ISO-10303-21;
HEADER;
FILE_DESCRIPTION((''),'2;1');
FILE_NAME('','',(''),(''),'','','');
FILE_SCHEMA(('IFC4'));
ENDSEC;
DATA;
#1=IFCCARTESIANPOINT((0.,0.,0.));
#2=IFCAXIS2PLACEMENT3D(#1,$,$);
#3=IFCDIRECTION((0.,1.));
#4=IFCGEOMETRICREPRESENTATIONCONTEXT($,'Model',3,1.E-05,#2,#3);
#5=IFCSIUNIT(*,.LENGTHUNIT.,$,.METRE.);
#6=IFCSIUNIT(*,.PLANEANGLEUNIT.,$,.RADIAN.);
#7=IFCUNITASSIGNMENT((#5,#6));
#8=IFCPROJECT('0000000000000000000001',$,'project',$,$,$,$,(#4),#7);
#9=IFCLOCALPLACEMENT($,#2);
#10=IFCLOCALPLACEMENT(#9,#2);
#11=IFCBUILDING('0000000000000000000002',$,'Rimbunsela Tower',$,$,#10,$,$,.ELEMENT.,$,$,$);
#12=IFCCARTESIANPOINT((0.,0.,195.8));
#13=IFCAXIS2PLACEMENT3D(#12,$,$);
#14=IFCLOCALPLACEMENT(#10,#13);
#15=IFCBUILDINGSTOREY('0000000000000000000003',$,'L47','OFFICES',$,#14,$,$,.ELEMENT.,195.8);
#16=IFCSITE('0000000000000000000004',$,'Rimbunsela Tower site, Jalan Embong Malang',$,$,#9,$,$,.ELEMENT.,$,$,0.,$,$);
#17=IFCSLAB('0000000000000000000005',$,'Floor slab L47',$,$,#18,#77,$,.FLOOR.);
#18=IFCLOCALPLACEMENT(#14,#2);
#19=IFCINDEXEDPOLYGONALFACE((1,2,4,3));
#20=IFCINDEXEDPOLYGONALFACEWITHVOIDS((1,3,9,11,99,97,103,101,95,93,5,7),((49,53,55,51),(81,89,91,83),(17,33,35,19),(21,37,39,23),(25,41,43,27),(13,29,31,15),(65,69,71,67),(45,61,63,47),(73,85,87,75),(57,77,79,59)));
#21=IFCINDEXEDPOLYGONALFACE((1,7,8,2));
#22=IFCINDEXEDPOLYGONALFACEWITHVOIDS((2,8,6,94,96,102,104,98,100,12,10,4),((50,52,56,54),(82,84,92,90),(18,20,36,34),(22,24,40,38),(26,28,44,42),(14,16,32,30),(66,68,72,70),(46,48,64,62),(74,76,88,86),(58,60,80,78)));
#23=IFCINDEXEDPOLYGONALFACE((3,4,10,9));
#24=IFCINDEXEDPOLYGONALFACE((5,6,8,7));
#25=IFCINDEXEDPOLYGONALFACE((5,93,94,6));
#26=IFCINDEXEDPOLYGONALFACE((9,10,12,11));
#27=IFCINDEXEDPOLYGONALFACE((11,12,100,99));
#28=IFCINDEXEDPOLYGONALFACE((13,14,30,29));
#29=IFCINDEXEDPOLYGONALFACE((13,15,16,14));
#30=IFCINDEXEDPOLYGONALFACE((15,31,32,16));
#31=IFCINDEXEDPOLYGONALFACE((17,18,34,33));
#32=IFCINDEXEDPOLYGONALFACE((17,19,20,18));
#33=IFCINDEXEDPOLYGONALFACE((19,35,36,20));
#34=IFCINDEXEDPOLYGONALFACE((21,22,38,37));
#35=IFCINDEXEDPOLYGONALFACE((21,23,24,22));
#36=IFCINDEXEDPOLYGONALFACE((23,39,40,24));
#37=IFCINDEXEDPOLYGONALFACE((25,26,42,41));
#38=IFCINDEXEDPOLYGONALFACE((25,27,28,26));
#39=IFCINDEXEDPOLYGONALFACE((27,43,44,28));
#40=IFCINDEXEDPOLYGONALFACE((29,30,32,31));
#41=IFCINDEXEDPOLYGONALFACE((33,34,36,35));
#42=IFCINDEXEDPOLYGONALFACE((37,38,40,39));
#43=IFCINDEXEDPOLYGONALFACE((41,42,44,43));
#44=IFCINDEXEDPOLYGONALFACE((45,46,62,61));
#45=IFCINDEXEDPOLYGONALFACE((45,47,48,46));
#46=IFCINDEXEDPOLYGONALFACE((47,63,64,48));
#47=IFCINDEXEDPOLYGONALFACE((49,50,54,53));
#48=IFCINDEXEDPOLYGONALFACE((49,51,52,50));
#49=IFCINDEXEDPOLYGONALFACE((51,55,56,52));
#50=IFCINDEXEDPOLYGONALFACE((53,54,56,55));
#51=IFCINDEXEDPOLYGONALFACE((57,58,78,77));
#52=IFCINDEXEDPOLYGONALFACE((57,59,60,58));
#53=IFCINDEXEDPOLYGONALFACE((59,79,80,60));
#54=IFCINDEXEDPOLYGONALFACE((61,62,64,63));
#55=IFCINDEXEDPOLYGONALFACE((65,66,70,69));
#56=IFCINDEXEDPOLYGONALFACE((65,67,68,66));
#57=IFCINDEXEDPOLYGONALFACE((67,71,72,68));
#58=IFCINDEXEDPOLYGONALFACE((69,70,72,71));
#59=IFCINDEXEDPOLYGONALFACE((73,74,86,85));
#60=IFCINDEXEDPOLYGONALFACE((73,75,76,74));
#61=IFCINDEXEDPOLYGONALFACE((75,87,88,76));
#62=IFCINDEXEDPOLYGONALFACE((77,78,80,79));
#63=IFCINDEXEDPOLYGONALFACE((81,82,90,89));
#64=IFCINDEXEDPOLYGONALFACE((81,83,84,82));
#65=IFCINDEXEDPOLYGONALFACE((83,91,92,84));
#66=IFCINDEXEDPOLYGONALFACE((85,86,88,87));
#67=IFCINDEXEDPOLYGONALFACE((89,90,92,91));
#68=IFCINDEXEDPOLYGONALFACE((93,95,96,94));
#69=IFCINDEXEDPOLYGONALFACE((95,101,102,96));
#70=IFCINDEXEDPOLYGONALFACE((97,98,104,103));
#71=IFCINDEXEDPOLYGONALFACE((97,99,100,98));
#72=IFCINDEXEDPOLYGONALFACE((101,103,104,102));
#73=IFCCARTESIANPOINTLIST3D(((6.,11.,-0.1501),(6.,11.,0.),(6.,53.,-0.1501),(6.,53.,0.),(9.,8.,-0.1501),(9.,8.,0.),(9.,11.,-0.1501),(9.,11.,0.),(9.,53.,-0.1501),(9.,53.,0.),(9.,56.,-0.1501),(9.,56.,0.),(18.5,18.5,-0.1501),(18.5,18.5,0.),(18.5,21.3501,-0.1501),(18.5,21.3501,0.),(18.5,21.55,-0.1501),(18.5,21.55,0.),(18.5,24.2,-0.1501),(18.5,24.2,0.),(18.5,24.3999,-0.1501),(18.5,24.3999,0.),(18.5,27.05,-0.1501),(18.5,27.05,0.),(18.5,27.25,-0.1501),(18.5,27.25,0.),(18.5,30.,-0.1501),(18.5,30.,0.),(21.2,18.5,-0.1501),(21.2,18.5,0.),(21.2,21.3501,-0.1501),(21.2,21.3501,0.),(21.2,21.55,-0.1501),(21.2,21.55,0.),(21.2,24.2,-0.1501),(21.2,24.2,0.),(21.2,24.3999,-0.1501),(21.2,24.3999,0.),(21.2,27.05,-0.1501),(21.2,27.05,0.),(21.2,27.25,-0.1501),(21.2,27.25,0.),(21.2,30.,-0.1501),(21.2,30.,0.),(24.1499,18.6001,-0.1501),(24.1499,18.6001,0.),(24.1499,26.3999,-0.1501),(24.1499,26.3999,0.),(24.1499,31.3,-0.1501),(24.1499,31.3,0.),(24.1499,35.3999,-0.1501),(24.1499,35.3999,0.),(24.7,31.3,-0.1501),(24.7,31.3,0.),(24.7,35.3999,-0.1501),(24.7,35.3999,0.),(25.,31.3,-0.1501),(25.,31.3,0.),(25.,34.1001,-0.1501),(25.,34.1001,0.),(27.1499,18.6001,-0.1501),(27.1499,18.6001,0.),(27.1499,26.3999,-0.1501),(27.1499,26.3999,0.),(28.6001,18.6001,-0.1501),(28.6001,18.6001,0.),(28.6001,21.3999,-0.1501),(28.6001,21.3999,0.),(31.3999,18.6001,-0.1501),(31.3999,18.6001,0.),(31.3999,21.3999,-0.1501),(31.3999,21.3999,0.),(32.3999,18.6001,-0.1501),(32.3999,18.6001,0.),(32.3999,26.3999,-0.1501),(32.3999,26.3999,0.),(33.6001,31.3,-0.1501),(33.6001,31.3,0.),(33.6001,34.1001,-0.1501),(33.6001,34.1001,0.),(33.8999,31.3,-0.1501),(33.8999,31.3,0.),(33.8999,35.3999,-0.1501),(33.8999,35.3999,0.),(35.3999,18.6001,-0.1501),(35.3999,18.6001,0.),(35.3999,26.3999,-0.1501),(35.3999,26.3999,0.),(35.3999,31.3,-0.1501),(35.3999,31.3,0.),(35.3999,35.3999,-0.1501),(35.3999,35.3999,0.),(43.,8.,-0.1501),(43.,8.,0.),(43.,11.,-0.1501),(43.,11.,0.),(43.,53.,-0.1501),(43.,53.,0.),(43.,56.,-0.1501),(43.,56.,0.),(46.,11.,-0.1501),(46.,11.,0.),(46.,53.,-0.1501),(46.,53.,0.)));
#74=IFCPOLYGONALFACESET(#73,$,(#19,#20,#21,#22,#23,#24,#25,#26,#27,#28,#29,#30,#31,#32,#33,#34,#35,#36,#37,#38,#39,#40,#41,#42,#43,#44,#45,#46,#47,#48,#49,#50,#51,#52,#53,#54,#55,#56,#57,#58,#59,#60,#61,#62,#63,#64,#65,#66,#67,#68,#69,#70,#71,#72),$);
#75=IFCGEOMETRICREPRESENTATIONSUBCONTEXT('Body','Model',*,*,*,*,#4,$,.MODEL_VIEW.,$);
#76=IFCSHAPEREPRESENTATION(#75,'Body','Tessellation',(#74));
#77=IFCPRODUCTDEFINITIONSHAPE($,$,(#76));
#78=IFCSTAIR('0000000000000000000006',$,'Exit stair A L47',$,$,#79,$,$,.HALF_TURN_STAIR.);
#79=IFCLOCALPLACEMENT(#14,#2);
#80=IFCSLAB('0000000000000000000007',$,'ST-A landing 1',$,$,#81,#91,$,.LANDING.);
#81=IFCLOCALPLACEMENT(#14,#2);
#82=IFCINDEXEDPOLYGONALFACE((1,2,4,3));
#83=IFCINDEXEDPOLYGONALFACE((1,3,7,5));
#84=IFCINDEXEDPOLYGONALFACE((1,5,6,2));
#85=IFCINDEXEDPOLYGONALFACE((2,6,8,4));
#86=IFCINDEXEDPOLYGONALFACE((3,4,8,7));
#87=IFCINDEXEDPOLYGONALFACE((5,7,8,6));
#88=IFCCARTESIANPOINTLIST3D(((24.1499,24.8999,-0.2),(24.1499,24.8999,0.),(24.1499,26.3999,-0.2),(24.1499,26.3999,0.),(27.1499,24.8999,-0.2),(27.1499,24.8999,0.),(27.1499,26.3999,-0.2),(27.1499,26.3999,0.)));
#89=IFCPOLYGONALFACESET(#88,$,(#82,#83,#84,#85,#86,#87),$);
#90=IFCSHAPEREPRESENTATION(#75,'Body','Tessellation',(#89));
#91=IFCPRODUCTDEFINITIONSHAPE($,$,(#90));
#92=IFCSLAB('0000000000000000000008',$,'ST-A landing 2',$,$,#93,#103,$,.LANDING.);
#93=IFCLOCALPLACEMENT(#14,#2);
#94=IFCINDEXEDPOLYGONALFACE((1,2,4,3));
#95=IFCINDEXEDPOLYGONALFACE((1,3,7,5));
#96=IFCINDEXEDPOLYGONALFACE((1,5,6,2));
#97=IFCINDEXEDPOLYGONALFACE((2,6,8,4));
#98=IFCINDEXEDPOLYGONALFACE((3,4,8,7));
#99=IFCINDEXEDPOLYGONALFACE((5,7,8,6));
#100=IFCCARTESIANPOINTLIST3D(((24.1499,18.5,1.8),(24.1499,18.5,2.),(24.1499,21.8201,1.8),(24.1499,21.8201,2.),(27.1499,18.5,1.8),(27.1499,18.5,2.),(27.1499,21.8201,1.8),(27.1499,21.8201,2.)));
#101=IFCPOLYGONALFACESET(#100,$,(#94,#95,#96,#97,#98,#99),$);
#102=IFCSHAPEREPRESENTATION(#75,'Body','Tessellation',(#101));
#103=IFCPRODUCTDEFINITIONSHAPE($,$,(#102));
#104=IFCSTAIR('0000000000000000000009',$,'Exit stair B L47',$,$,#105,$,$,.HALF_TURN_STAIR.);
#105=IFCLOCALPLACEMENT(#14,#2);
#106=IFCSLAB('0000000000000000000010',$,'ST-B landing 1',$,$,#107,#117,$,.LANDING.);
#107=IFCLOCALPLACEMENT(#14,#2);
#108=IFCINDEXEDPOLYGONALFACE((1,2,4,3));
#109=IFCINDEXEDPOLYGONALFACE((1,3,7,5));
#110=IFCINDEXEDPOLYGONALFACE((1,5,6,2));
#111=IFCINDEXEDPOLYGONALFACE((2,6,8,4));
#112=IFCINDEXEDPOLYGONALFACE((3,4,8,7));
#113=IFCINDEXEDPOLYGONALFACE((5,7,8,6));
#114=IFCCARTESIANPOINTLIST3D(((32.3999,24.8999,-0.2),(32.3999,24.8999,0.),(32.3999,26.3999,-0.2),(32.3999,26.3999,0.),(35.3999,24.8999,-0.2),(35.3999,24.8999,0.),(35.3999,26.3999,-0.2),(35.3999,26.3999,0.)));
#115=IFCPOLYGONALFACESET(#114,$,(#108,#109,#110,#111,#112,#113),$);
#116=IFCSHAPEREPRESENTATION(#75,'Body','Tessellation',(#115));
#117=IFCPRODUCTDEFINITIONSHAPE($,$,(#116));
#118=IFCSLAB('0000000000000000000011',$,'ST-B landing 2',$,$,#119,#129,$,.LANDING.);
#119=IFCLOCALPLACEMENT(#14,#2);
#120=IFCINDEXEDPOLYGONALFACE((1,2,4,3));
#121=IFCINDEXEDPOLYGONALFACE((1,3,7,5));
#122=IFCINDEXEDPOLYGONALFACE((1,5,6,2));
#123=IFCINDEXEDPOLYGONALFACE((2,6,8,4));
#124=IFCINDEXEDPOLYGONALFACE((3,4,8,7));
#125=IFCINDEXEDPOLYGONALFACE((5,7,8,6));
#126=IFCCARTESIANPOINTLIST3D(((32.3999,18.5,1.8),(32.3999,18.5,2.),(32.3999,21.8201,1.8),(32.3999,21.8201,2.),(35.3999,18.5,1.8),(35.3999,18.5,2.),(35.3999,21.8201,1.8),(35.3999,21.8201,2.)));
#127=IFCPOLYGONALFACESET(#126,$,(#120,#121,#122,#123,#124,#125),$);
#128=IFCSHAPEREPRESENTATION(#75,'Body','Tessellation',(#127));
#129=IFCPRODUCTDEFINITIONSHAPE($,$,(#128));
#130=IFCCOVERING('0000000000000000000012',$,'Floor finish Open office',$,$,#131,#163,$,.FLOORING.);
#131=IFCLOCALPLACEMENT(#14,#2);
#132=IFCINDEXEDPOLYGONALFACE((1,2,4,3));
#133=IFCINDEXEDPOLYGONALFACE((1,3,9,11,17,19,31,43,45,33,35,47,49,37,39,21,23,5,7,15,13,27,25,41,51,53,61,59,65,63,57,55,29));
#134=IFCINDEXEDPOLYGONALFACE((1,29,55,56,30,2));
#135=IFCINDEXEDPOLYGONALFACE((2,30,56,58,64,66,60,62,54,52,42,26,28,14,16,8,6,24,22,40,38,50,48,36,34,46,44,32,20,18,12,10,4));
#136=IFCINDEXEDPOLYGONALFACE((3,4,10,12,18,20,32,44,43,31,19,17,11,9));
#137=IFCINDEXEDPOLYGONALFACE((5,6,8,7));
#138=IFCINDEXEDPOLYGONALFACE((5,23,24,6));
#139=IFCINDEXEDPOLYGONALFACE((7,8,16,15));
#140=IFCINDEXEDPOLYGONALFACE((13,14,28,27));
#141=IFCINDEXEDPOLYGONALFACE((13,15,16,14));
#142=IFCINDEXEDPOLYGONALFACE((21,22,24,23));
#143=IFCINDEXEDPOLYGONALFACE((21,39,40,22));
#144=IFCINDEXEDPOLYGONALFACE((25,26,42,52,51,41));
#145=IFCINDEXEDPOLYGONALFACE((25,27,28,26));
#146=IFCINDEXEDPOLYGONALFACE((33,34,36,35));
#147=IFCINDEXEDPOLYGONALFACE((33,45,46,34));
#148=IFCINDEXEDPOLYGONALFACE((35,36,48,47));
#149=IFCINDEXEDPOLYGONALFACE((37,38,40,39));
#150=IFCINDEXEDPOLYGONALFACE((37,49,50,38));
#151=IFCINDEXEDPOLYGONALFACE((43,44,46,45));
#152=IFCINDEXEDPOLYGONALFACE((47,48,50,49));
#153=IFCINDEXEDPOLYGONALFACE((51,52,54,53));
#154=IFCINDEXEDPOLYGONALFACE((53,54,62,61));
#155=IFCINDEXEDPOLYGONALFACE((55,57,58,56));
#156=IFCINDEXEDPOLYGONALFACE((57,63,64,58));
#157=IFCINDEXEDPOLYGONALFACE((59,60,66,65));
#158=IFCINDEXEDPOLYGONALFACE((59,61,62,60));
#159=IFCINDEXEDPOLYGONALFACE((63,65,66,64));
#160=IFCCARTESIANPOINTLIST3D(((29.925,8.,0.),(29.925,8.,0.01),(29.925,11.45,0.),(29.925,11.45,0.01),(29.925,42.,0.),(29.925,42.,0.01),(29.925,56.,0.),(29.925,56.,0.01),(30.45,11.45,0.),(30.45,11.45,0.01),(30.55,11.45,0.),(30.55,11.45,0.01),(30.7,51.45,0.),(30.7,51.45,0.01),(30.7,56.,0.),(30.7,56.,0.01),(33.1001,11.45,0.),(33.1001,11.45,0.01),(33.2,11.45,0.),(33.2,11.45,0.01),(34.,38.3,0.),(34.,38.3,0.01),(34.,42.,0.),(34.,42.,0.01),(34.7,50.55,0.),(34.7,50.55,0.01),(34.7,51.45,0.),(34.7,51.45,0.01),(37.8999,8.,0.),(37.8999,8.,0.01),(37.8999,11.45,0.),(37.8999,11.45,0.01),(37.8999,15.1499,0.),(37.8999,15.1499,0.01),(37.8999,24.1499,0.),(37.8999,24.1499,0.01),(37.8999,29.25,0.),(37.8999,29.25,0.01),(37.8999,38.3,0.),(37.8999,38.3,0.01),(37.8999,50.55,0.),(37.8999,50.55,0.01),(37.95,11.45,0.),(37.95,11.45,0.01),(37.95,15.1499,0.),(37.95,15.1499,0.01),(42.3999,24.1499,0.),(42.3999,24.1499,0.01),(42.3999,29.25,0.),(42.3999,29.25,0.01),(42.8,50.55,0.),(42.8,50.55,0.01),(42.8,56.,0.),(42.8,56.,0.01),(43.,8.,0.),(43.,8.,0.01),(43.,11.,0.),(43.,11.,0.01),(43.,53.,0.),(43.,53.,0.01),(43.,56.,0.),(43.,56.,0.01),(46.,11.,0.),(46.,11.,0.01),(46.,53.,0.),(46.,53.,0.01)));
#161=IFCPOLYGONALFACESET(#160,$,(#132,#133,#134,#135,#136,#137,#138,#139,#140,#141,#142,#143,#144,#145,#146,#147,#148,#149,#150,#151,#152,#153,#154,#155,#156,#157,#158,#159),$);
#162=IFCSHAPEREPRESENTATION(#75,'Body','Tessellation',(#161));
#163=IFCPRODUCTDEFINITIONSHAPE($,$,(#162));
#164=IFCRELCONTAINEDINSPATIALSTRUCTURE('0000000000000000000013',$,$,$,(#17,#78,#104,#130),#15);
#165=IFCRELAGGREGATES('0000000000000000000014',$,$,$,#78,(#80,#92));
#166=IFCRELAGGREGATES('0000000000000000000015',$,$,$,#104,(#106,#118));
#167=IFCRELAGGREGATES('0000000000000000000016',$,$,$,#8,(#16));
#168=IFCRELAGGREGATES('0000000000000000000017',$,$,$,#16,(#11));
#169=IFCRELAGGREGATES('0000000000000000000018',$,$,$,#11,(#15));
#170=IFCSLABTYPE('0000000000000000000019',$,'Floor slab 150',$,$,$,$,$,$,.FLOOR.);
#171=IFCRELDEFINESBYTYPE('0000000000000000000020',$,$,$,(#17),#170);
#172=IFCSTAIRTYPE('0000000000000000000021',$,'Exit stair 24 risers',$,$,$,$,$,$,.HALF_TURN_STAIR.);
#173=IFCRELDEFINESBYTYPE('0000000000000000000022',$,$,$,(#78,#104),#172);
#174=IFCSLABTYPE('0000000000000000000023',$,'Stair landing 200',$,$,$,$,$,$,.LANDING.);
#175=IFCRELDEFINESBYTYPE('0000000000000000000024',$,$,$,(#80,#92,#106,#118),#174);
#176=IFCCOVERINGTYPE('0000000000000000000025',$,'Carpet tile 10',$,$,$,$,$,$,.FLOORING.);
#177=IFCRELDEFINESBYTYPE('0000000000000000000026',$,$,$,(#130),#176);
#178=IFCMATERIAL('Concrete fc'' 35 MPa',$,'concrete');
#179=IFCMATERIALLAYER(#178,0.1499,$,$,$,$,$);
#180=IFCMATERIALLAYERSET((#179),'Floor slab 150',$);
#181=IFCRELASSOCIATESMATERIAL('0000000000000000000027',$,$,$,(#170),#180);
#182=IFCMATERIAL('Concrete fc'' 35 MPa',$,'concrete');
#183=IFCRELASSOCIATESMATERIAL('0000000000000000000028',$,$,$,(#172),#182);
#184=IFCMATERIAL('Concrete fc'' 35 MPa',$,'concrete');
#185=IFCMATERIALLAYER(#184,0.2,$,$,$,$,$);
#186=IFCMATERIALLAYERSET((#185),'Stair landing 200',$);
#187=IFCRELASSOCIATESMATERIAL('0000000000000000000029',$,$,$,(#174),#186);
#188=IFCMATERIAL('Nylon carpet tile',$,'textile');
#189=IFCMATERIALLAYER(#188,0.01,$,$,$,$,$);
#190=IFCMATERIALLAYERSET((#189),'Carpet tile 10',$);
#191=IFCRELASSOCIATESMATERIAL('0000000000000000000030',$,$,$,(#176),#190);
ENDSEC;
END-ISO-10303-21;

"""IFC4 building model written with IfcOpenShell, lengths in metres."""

from ifc_helpers import new_model, si_unit, direction, frame, origin, place, context, subcontext, project, spatial, polyline, outline, extrude, material, layer, layer_set, type_object, element, aggregate, save


model = new_model("IFC4")

# Units and contexts
model_context = context("Model", 3, precision=1e-05, world=origin(), true_north=direction((0.0, 1.0)))
body_context = subcontext(model_context, "Body", "Model", "MODEL_VIEW")
ifc_project = project(units=[si_unit("LENGTHUNIT", "METRE"), si_unit("PLANEANGLEUNIT", "RADIAN")], contexts=[model_context])

# Site, building, storey
site_placement = place(None, origin())
site = spatial("IfcSite", under=ifc_project, at=site_placement, Name="Rimbunsela Tower site, Jalan Embong Malang", CompositionType="ELEMENT", RefElevation=0.0)
building_placement = place(site_placement, origin())
building = spatial("IfcBuilding", under=site, at=building_placement, Name="Rimbunsela Tower", CompositionType="ELEMENT")
storey_placement = place(building_placement, frame((0.0, 0.0, 195.8)))
storey = spatial("IfcBuildingStorey", under=building, at=storey_placement, Name="L47", Description="OFFICES", CompositionType="ELEMENT", Elevation=195.8)

# Slab
ifc_material_1 = material(Name="Concrete fc' 35 MPa", Category="concrete")
ifc_layer_1 = layer(ifc_material_1, 0.1499)
ifc_layer_set_1 = layer_set([ifc_layer_1], Name="Floor slab 150")
slab_type_1 = type_object("IfcSlabType", Name="Floor slab 150", PredefinedType="FLOOR", material=ifc_layer_set_1)
slab_1_placement = place(storey_placement, frame((0.0, 0.0, -0.1501)))
element("IfcSlab", 1, at=slab_1_placement, inside=storey, type_object=slab_type_1, Name="Floor slab L47", PredefinedType="FLOOR", context=body_context, shape_type="SweptSolid", body=[
    extrude(outline(polyline([(9.0, 8.0), (43.0, 8.0), (43.0, 11.0), (46.0, 11.0), (46.0, 53.0), (43.0, 53.0), (43.0, 56.0), (9.0, 56.0), (9.0, 53.0), (6.0, 53.0), (6.0, 11.0), (9.0, 11.0), (9.0, 8.0)]), holes=[polyline([(21.2, 21.3501), (18.5, 21.3501), (18.5, 18.5), (21.2, 18.5), (21.2, 21.3501)]), polyline([(21.2, 21.55), (21.2, 24.2), (18.5, 24.2), (18.5, 21.55), (21.2, 21.55)]), polyline([(21.2, 27.05), (18.5, 27.05), (18.5, 24.3999), (21.2, 24.3999), (21.2, 27.05)]), polyline([(21.2, 27.25), (21.2, 30.0), (18.5, 30.0), (18.5, 27.25), (21.2, 27.25)]), polyline([(27.1499, 18.6001), (27.1499, 26.3999), (24.1499, 26.3999), (24.1499, 18.6001), (27.1499, 18.6001)]), polyline([(24.7, 31.3), (24.7, 35.3999), (24.1499, 35.3999), (24.1499, 31.3), (24.7, 31.3)]), polyline([(25.0, 34.1001), (25.0, 31.3), (33.6001, 31.3), (33.6001, 34.1001), (25.0, 34.1001)]), polyline([(31.3999, 21.3999), (28.6001, 21.3999), (28.6001, 18.6001), (31.3999, 18.6001), (31.3999, 21.3999)]), polyline([(35.3999, 18.6001), (35.3999, 26.3999), (32.3999, 26.3999), (32.3999, 18.6001), (35.3999, 18.6001)]), polyline([(35.3999, 31.3), (35.3999, 35.3999), (33.8999, 35.3999), (33.8999, 31.3), (35.3999, 31.3)])]), origin(), (0.0, 0.0, 1.0), 0.1501),
])

# Stairs, slabs
ifc_material_2 = material(Name="Concrete fc' 35 MPa", Category="concrete")
stair_type = type_object("IfcStairType", Name="Exit stair 24 risers", PredefinedType="HALF_TURN_STAIR", material=ifc_material_2)
stair_1_placement = place(storey_placement, origin())
stair_1 = element("IfcStair", 2, at=stair_1_placement, inside=storey, type_object=stair_type, Name="Exit stair A L47", PredefinedType="HALF_TURN_STAIR")
ifc_material_3 = material(Name="Concrete fc' 35 MPa", Category="concrete")
ifc_layer_2 = layer(ifc_material_3, 0.2)
ifc_layer_set_2 = layer_set([ifc_layer_2], Name="Stair landing 200")
slab_type_2 = type_object("IfcSlabType", Name="Stair landing 200", PredefinedType="LANDING", material=ifc_layer_set_2)
slab_2_placement = place(storey_placement, frame((0.0, 0.0, -0.2)))
slab_2 = element("IfcSlab", 3, at=slab_2_placement, type_object=slab_type_2, Name="ST-A landing 1", PredefinedType="LANDING", context=body_context, shape_type="SweptSolid", body=[
    extrude(outline(polyline([(24.1499, 24.8999), (27.1499, 24.8999), (27.1499, 26.3999), (24.1499, 26.3999), (24.1499, 24.8999)])), origin(), (0.0, 0.0, 1.0), 0.2),
])
slab_3_placement = place(storey_placement, frame((0.0, 0.0, 1.8)))
slab_3 = element("IfcSlab", 4, at=slab_3_placement, type_object=slab_type_2, Name="ST-A landing 2", PredefinedType="LANDING", context=body_context, shape_type="SweptSolid", body=[
    extrude(outline(polyline([(24.1499, 18.5), (27.1499, 18.5), (27.1499, 21.8201), (24.1499, 21.8201), (24.1499, 18.5)])), origin(), (0.0, 0.0, 1.0), 0.2),
])
aggregate(stair_1, [slab_2, slab_3])
stair_2_placement = place(storey_placement, origin())
stair_2 = element("IfcStair", 5, at=stair_2_placement, inside=storey, type_object=stair_type, Name="Exit stair B L47", PredefinedType="HALF_TURN_STAIR")
slab_4_placement = place(storey_placement, frame((0.0, 0.0, -0.2)))
slab_4 = element("IfcSlab", 6, at=slab_4_placement, type_object=slab_type_2, Name="ST-B landing 1", PredefinedType="LANDING", context=body_context, shape_type="SweptSolid", body=[
    extrude(outline(polyline([(32.3999, 24.8999), (35.3999, 24.8999), (35.3999, 26.3999), (32.3999, 26.3999), (32.3999, 24.8999)])), origin(), (0.0, 0.0, 1.0), 0.2),
])
slab_5_placement = place(storey_placement, frame((0.0, 0.0, 1.8)))
slab_5 = element("IfcSlab", 7, at=slab_5_placement, type_object=slab_type_2, Name="ST-B landing 2", PredefinedType="LANDING", context=body_context, shape_type="SweptSolid", body=[
    extrude(outline(polyline([(32.3999, 18.5), (35.3999, 18.5), (35.3999, 21.8201), (32.3999, 21.8201), (32.3999, 18.5)])), origin(), (0.0, 0.0, 1.0), 0.2),
])
aggregate(stair_2, [slab_4, slab_5])

# Covering
ifc_material_4 = material(Name="Nylon carpet tile", Category="textile")
ifc_layer_3 = layer(ifc_material_4, 0.01)
ifc_layer_set_3 = layer_set([ifc_layer_3], Name="Carpet tile 10")
covering_type_1 = type_object("IfcCoveringType", Name="Carpet tile 10", PredefinedType="FLOORING", material=ifc_layer_set_3)
covering_1_placement = place(storey_placement, origin())
element("IfcCovering", 8, at=covering_1_placement, inside=storey, type_object=covering_type_1, Name="Floor finish Open office", PredefinedType="FLOORING", context=body_context, shape_type="SweptSolid", body=[
    extrude(outline(polyline([(29.925, 56.0), (30.7, 56.0), (30.7, 51.45), (34.7, 51.45), (34.7, 50.55), (37.8999, 50.55), (42.8, 50.55), (42.8, 56.0), (43.0, 56.0), (43.0, 53.0), (46.0, 53.0), (46.0, 11.0), (43.0, 11.0), (43.0, 8.0), (37.8999, 8.0), (29.925, 8.0), (29.925, 11.45), (30.45, 11.45), (30.55, 11.45), (33.1001, 11.45), (33.2, 11.45), (37.8999, 11.45), (37.95, 11.45), (37.95, 15.1499), (37.8999, 15.1499), (37.8999, 24.1499), (42.3999, 24.1499), (42.3999, 29.25), (37.8999, 29.25), (37.8999, 38.3), (34.0, 38.3), (34.0, 42.0), (29.925, 42.0), (29.925, 56.0)])), origin(), (0.0, 0.0, 1.0), 0.01),
])

save(model, "model.ifc")
